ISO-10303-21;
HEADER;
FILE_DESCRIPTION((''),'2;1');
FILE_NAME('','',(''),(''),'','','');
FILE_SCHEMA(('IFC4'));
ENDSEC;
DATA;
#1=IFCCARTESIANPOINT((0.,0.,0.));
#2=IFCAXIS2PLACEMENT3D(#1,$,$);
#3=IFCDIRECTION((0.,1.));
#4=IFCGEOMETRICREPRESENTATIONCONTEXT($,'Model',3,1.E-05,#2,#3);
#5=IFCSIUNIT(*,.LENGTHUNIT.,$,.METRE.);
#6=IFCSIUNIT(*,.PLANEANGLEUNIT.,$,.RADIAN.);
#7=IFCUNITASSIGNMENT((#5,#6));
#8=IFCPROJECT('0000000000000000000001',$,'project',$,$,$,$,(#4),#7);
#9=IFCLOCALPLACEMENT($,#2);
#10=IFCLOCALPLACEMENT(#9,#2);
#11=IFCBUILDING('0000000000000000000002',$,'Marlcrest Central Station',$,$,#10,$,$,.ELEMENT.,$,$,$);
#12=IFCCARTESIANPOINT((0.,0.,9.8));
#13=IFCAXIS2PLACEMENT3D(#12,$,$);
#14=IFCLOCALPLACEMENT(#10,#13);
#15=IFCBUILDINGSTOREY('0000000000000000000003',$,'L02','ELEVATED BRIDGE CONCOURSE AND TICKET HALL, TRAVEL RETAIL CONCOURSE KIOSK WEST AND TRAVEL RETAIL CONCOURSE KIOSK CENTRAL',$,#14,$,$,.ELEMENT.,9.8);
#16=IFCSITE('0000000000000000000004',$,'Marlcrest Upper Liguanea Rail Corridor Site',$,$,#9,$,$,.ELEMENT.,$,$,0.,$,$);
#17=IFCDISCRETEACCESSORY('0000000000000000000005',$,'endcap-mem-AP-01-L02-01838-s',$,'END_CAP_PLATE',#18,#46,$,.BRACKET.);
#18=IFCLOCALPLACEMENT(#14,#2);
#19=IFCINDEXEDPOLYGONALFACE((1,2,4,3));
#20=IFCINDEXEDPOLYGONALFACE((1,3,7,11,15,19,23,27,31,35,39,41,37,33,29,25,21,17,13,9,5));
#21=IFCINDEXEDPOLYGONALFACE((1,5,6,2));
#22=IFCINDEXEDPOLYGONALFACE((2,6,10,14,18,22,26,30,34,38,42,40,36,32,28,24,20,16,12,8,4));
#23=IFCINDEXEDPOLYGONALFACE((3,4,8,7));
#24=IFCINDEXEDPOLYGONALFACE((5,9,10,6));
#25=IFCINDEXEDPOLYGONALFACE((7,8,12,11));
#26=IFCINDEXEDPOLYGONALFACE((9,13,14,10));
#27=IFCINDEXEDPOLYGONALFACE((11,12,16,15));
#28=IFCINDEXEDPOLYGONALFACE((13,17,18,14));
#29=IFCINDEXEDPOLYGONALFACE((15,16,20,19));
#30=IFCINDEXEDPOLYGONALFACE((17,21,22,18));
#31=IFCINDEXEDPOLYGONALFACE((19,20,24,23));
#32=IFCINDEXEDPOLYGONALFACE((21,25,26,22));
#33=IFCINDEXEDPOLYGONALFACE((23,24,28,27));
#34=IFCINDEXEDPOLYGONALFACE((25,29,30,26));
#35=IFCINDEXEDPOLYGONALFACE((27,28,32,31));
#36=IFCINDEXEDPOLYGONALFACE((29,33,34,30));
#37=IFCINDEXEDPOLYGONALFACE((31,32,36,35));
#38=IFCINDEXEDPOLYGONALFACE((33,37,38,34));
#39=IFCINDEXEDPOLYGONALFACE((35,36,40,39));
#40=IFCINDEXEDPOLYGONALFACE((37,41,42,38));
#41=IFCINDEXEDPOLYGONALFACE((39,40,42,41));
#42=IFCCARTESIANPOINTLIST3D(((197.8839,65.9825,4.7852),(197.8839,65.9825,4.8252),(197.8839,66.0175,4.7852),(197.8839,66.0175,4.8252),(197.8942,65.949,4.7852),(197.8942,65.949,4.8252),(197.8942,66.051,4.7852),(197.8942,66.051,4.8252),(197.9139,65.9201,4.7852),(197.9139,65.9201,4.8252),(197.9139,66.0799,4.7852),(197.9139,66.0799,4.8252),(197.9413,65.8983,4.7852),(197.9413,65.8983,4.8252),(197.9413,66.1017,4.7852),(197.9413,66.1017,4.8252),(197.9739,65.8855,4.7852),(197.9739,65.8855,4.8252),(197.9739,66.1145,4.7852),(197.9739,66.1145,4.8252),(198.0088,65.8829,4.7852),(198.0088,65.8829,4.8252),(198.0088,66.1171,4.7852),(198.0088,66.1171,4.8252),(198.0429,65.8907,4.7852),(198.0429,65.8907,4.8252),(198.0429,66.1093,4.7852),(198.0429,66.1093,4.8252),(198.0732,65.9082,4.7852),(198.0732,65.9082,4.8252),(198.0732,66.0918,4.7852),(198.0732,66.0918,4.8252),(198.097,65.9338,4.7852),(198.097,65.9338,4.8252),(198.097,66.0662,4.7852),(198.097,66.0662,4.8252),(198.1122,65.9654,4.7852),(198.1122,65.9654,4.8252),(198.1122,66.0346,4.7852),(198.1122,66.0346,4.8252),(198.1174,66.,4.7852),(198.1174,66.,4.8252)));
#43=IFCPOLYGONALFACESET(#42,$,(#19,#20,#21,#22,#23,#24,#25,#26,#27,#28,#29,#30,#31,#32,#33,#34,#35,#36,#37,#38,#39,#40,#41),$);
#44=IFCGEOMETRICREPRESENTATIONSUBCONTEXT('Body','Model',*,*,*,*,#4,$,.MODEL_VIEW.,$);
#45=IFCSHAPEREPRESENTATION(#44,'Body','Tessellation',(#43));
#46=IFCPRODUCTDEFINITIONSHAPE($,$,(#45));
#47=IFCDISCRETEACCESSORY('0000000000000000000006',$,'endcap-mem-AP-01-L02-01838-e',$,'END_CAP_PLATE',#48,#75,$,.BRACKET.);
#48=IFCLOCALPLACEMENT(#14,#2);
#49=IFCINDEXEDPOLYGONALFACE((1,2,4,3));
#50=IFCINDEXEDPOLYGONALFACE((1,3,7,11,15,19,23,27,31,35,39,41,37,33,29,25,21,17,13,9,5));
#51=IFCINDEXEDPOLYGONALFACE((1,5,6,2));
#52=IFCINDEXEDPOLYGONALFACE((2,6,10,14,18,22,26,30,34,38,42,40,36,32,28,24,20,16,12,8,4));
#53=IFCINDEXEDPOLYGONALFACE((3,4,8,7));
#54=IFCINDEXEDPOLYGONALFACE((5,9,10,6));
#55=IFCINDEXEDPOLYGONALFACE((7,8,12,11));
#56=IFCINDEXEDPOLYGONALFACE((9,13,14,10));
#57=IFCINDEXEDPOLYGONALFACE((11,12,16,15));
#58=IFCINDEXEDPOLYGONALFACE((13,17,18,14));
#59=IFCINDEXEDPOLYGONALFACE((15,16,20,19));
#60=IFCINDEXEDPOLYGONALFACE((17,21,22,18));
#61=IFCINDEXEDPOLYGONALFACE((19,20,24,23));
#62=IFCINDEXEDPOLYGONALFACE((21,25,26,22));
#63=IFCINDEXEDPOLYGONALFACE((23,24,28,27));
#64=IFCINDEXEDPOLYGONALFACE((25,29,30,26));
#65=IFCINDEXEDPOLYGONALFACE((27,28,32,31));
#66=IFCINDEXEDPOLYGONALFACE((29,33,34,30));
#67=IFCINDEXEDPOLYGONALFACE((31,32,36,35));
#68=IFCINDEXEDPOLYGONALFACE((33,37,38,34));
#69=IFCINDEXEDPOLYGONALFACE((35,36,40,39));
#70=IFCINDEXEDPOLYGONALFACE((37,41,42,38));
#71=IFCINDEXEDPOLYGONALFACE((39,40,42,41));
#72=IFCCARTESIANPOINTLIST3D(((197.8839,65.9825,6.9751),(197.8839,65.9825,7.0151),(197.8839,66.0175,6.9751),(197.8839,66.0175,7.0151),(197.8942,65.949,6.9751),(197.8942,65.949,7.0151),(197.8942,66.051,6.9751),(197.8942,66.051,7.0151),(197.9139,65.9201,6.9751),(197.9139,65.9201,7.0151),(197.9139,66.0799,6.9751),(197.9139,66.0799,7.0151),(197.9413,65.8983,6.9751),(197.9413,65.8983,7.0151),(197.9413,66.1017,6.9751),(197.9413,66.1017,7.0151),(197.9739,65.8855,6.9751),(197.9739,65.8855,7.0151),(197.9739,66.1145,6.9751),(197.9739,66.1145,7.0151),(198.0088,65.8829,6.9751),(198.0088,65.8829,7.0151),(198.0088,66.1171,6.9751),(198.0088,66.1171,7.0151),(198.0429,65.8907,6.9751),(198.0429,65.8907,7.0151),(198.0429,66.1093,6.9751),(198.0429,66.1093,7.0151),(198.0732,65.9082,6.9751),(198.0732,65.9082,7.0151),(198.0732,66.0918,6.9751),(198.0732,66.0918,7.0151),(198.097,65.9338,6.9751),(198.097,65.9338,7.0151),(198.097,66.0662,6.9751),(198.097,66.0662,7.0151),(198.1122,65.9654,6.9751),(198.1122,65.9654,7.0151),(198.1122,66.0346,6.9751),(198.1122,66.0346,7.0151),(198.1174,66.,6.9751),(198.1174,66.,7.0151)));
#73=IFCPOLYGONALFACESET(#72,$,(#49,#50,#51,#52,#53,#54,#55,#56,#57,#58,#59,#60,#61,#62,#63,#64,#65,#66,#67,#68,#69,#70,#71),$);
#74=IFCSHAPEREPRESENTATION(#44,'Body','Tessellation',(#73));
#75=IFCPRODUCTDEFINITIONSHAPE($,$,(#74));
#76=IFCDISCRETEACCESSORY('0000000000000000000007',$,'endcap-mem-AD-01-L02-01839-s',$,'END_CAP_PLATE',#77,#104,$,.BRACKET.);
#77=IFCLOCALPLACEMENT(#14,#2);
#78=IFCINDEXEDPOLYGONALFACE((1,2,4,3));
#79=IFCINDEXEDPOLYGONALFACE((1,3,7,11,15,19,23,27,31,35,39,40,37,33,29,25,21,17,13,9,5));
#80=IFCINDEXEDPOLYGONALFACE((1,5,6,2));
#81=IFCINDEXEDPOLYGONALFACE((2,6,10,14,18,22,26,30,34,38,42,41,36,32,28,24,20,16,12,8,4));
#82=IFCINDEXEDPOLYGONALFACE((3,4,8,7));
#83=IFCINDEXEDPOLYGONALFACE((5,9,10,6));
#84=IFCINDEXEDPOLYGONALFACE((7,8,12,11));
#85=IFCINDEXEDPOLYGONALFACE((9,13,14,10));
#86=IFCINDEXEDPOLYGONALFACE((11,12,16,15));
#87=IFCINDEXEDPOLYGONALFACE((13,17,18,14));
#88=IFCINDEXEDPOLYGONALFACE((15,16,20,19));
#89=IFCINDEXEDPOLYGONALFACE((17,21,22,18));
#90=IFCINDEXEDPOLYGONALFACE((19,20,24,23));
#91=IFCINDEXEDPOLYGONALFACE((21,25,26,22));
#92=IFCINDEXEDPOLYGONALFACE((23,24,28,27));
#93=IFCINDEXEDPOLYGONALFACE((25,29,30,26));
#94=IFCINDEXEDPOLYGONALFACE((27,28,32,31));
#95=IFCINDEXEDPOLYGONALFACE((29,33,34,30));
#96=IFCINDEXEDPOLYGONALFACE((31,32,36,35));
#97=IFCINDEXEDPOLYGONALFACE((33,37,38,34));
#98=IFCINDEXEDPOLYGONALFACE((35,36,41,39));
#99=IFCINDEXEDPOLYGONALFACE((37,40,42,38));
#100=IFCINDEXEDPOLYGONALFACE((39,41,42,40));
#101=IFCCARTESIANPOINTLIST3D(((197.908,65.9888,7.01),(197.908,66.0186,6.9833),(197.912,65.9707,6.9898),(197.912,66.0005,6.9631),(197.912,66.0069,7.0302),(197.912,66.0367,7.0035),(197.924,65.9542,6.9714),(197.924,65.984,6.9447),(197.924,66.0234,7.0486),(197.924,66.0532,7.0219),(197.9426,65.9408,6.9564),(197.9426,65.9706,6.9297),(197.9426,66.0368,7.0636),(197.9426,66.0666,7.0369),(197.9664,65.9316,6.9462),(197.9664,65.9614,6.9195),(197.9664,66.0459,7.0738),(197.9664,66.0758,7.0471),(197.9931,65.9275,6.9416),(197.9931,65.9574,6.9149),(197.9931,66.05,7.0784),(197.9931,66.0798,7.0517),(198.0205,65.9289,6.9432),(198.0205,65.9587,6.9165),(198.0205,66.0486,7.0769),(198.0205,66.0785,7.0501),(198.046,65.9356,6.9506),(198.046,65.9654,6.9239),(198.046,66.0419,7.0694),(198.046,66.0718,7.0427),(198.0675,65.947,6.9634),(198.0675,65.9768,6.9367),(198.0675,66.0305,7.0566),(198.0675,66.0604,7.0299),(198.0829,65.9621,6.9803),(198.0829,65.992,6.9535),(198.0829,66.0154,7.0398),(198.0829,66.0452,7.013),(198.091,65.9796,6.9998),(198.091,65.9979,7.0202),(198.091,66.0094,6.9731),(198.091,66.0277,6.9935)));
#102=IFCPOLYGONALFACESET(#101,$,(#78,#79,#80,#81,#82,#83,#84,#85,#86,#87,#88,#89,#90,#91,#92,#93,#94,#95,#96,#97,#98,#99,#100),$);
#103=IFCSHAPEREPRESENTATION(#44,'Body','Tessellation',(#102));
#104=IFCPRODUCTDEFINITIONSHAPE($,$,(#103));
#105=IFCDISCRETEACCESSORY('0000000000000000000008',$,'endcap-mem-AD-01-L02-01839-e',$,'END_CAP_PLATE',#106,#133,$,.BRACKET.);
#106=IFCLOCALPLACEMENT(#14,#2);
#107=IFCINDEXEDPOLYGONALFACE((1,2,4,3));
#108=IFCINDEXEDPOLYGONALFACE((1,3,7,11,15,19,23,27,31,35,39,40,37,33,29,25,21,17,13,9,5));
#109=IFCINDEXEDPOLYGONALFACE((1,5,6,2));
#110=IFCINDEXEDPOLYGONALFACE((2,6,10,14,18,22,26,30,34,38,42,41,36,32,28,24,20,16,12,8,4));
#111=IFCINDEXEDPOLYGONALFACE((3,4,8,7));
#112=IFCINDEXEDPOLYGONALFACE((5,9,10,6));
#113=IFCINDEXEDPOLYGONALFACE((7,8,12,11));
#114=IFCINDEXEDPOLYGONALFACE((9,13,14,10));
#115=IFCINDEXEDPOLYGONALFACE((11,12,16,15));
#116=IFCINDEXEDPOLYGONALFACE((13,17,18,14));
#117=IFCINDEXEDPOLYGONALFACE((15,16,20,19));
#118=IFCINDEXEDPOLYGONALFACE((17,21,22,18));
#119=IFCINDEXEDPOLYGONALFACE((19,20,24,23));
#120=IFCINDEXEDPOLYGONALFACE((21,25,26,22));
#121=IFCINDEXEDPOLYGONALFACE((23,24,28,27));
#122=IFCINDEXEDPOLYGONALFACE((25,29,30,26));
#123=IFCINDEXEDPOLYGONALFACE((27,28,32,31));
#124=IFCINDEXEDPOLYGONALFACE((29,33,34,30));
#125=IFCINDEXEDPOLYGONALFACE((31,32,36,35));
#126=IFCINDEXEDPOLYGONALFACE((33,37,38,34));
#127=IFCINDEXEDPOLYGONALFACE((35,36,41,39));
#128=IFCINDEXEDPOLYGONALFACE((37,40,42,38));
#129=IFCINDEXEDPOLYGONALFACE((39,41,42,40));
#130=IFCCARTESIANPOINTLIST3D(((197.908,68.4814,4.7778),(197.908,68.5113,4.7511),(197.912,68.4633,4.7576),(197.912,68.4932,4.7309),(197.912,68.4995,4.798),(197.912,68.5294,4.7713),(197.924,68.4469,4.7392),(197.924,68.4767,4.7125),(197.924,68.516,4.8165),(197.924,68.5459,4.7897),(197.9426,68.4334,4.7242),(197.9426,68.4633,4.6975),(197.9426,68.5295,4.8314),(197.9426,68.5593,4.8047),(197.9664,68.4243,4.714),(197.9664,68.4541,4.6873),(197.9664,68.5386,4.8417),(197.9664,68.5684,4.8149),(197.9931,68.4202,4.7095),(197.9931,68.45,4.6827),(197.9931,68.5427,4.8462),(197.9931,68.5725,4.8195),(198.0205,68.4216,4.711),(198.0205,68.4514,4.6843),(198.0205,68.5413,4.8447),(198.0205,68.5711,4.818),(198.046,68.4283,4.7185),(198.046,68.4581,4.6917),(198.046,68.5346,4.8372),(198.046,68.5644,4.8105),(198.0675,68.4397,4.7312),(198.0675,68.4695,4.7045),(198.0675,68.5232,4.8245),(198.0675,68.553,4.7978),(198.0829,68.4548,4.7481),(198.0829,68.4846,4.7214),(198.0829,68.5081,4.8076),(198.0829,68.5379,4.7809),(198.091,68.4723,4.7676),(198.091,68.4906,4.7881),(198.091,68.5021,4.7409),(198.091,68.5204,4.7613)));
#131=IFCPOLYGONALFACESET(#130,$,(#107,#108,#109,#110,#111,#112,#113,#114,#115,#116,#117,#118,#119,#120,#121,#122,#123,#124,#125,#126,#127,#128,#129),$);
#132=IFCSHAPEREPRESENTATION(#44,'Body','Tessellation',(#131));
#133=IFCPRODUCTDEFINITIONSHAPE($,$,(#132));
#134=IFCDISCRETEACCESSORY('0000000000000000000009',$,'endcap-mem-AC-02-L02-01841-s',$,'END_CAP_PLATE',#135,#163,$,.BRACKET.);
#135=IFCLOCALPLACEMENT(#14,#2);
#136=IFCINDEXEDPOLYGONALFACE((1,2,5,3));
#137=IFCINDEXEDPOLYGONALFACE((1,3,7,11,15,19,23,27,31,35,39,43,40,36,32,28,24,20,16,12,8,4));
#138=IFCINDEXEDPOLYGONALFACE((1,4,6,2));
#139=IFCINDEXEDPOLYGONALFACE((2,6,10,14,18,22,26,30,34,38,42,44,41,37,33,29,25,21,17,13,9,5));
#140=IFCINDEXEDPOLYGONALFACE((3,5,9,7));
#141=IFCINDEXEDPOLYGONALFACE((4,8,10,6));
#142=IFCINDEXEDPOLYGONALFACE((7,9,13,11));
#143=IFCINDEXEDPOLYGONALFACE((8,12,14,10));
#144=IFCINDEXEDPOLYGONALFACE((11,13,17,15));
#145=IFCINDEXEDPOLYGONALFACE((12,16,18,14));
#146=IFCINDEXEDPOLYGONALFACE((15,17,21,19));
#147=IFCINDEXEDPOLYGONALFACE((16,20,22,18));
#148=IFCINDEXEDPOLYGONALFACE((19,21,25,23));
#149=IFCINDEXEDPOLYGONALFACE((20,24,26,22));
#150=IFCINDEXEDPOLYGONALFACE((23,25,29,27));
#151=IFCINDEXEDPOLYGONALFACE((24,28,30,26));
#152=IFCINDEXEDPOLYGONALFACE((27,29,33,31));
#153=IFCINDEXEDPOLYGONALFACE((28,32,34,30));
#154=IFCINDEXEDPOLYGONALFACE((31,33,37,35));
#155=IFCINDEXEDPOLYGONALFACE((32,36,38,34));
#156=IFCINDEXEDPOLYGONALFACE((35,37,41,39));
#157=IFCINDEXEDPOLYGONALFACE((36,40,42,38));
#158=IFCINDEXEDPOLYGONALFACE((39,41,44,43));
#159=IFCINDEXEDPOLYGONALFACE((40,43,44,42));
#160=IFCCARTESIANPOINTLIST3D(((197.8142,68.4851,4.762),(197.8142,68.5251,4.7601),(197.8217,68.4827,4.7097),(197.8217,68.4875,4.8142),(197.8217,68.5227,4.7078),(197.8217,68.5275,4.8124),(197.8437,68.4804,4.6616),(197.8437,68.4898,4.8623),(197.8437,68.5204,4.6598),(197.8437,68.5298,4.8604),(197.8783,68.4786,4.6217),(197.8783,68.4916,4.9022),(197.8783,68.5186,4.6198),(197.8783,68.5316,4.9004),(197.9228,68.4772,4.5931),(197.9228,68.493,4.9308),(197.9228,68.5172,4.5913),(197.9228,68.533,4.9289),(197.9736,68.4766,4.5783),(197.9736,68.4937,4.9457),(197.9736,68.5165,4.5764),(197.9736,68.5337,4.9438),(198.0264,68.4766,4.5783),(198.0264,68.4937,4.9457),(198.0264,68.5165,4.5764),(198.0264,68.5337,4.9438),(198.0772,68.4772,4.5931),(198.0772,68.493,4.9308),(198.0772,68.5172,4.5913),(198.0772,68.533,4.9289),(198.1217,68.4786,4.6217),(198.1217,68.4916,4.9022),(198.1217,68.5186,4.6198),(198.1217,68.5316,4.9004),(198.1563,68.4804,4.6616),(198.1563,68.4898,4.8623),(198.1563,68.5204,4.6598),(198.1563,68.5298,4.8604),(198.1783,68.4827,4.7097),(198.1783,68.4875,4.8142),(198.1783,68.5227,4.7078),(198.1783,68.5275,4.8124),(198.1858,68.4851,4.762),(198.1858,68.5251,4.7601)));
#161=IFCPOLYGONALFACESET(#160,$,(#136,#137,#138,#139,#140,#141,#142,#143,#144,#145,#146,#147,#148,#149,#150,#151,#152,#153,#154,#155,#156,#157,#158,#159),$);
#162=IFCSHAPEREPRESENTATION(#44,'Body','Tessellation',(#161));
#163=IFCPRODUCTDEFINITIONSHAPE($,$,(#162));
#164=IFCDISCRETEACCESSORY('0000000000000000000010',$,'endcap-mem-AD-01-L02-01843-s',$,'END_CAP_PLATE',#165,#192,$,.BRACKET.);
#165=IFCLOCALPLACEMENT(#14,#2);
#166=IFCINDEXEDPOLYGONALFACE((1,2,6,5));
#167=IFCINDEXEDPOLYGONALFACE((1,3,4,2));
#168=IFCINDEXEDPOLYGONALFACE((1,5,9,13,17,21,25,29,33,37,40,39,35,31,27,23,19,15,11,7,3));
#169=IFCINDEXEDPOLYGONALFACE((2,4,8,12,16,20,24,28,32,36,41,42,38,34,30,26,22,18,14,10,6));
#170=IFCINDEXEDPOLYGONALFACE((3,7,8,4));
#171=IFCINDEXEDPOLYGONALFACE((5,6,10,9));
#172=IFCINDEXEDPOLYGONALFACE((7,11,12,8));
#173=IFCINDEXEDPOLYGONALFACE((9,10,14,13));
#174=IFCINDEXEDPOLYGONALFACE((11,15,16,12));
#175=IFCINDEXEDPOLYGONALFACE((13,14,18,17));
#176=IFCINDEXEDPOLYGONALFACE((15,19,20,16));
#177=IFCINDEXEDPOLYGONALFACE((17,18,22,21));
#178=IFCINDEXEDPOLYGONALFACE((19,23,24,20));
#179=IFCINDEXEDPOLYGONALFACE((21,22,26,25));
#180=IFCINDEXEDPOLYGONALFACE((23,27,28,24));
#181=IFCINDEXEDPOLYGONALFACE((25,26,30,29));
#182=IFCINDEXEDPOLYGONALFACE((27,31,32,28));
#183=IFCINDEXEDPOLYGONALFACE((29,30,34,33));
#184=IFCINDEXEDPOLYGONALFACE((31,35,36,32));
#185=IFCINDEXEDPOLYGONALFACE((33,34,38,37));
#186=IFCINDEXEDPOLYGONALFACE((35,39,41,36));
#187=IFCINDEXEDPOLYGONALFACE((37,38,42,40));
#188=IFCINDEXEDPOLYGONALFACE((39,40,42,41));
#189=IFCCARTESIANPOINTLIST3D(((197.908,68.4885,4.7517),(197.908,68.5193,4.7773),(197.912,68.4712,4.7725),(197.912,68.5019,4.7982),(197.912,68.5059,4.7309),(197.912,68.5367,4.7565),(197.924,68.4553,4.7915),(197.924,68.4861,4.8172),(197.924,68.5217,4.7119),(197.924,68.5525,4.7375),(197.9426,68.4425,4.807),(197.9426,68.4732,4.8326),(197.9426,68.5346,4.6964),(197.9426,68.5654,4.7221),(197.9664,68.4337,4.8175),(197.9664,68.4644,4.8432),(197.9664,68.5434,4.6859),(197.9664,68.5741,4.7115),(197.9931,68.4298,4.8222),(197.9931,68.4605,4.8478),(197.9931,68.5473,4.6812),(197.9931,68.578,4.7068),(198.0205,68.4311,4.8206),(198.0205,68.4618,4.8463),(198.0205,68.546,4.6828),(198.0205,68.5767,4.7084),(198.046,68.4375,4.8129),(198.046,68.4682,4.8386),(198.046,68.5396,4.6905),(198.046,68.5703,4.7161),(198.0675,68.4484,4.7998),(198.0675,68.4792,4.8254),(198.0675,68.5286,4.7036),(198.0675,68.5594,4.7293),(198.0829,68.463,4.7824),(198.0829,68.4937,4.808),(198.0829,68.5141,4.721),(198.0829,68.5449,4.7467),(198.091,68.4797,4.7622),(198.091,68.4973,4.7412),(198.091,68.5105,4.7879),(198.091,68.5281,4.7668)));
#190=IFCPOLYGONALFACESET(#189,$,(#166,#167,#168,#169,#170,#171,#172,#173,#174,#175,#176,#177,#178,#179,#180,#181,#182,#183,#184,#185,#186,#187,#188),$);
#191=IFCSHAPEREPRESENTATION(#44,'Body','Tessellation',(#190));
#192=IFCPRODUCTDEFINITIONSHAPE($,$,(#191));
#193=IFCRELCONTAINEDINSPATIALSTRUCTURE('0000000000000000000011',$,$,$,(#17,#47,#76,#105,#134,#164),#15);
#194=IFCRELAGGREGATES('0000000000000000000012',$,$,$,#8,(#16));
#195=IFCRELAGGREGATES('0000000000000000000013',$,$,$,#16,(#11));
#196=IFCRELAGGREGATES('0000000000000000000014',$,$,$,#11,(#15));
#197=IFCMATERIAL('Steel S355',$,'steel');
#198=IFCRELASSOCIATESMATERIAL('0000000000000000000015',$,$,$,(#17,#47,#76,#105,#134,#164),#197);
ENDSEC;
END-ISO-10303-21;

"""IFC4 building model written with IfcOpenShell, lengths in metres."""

from ifc_helpers import new_model, si_unit, direction, frame, origin, origin_2d, place, context, subcontext, project, spatial, circle, extrude, material, element, save


model = new_model("IFC4")

# Units and contexts
model_context = context("Model", 3, precision=1e-05, world=origin(), true_north=direction((0.0, 1.0)))
body_context = subcontext(model_context, "Body", "Model", "MODEL_VIEW")
ifc_project = project(units=[si_unit("LENGTHUNIT", "METRE"), si_unit("PLANEANGLEUNIT", "RADIAN")], contexts=[model_context])

# Site, building, storey
site_placement = place(None, origin())
site = spatial("IfcSite", under=ifc_project, at=site_placement, Name="Marlcrest Upper Liguanea Rail Corridor Site", CompositionType="ELEMENT", RefElevation=0.0)
building_placement = place(site_placement, origin())
building = spatial("IfcBuilding", under=site, at=building_placement, Name="Marlcrest Central Station", CompositionType="ELEMENT")
storey_placement = place(building_placement, frame((0.0, 0.0, 9.8)))
storey = spatial("IfcBuildingStorey", under=building, at=storey_placement, Name="L02", Description="ELEVATED BRIDGE CONCOURSE AND TICKET HALL, TRAVEL RETAIL CONCOURSE KIOSK WEST AND TRAVEL RETAIL CONCOURSE KIOSK CENTRAL", CompositionType="ELEMENT", Elevation=9.8)

# Shared definitions
ifc_material = material(Name="Steel S355", Category="steel")

# Discrete accessories
for number, where, z_axis, x_axis, name in (
    (1, (198.0, 66.0, 4.7852), (0.0, 0.0, 1.0), (1.0, 0.0, 0.0), "endcap-mem-AP-01-L02-01838-s"),
    (2, (198.0, 66.0, 6.9751), (0.0, 0.0, 1.0), (1.0, 0.0, 0.0), "endcap-mem-AP-01-L02-01838-e"),
):
    element("IfcDiscreteAccessory", number, at=place(storey_placement, frame(where, z_axis=z_axis, x_axis=x_axis)), inside=storey, material=ifc_material, Name=name, ObjectType="END_CAP_PLATE", PredefinedType="BRACKET", context=body_context, shape_type="SweptSolid", body=[
        extrude(circle(Radius=0.1174, at=origin_2d()), origin(), (0.0, 0.0, 1.0), 0.04),
    ])
for number, where, z_axis, x_axis, name in (
    (3, (198.0, 65.9888, 7.01), (0.0, 0.744956, -0.667114), (-1.0, 0.0, 0.0), "endcap-mem-AD-01-L02-01839-s"),
    (4, (198.0, 68.4814, 4.7778), (0.0, 0.744956, -0.667114), (-1.0, 0.0, 0.0), "endcap-mem-AD-01-L02-01839-e"),
):
    element("IfcDiscreteAccessory", number, at=place(storey_placement, frame(where, z_axis=z_axis, x_axis=x_axis)), inside=storey, material=ifc_material, Name=name, ObjectType="END_CAP_PLATE", PredefinedType="BRACKET", context=body_context, shape_type="SweptSolid", body=[
        extrude(circle(Radius=0.092, at=origin_2d()), origin(), (0.0, 0.0, 1.0), 0.04),
    ])
discrete_accessory_1_placement = place(storey_placement, frame((198.0, 68.4851, 4.762), z_axis=(0.0, 0.998917, -0.046532), x_axis=(-1.0, 0.0, 0.0)))
element("IfcDiscreteAccessory", 5, at=discrete_accessory_1_placement, inside=storey, material=ifc_material, Name="endcap-mem-AC-02-L02-01841-s", ObjectType="END_CAP_PLATE", PredefinedType="BRACKET", context=body_context, shape_type="SweptSolid", body=[
    extrude(circle(Radius=0.1858, at=origin_2d()), origin(), (0.0, 0.0, 1.0), 0.04),
])
discrete_accessory_2_placement = place(storey_placement, frame((198.0, 68.4885, 4.7517), z_axis=(0.0, 0.76816, 0.640258), x_axis=(-1.0, 0.0, 0.0)))
element("IfcDiscreteAccessory", 6, at=discrete_accessory_2_placement, inside=storey, material=ifc_material, Name="endcap-mem-AD-01-L02-01843-s", ObjectType="END_CAP_PLATE", PredefinedType="BRACKET", context=body_context, shape_type="SweptSolid", body=[
    extrude(circle(Radius=0.092, at=origin_2d()), origin(), (0.0, 0.0, 1.0), 0.04),
])

save(model, "model.ifc")
